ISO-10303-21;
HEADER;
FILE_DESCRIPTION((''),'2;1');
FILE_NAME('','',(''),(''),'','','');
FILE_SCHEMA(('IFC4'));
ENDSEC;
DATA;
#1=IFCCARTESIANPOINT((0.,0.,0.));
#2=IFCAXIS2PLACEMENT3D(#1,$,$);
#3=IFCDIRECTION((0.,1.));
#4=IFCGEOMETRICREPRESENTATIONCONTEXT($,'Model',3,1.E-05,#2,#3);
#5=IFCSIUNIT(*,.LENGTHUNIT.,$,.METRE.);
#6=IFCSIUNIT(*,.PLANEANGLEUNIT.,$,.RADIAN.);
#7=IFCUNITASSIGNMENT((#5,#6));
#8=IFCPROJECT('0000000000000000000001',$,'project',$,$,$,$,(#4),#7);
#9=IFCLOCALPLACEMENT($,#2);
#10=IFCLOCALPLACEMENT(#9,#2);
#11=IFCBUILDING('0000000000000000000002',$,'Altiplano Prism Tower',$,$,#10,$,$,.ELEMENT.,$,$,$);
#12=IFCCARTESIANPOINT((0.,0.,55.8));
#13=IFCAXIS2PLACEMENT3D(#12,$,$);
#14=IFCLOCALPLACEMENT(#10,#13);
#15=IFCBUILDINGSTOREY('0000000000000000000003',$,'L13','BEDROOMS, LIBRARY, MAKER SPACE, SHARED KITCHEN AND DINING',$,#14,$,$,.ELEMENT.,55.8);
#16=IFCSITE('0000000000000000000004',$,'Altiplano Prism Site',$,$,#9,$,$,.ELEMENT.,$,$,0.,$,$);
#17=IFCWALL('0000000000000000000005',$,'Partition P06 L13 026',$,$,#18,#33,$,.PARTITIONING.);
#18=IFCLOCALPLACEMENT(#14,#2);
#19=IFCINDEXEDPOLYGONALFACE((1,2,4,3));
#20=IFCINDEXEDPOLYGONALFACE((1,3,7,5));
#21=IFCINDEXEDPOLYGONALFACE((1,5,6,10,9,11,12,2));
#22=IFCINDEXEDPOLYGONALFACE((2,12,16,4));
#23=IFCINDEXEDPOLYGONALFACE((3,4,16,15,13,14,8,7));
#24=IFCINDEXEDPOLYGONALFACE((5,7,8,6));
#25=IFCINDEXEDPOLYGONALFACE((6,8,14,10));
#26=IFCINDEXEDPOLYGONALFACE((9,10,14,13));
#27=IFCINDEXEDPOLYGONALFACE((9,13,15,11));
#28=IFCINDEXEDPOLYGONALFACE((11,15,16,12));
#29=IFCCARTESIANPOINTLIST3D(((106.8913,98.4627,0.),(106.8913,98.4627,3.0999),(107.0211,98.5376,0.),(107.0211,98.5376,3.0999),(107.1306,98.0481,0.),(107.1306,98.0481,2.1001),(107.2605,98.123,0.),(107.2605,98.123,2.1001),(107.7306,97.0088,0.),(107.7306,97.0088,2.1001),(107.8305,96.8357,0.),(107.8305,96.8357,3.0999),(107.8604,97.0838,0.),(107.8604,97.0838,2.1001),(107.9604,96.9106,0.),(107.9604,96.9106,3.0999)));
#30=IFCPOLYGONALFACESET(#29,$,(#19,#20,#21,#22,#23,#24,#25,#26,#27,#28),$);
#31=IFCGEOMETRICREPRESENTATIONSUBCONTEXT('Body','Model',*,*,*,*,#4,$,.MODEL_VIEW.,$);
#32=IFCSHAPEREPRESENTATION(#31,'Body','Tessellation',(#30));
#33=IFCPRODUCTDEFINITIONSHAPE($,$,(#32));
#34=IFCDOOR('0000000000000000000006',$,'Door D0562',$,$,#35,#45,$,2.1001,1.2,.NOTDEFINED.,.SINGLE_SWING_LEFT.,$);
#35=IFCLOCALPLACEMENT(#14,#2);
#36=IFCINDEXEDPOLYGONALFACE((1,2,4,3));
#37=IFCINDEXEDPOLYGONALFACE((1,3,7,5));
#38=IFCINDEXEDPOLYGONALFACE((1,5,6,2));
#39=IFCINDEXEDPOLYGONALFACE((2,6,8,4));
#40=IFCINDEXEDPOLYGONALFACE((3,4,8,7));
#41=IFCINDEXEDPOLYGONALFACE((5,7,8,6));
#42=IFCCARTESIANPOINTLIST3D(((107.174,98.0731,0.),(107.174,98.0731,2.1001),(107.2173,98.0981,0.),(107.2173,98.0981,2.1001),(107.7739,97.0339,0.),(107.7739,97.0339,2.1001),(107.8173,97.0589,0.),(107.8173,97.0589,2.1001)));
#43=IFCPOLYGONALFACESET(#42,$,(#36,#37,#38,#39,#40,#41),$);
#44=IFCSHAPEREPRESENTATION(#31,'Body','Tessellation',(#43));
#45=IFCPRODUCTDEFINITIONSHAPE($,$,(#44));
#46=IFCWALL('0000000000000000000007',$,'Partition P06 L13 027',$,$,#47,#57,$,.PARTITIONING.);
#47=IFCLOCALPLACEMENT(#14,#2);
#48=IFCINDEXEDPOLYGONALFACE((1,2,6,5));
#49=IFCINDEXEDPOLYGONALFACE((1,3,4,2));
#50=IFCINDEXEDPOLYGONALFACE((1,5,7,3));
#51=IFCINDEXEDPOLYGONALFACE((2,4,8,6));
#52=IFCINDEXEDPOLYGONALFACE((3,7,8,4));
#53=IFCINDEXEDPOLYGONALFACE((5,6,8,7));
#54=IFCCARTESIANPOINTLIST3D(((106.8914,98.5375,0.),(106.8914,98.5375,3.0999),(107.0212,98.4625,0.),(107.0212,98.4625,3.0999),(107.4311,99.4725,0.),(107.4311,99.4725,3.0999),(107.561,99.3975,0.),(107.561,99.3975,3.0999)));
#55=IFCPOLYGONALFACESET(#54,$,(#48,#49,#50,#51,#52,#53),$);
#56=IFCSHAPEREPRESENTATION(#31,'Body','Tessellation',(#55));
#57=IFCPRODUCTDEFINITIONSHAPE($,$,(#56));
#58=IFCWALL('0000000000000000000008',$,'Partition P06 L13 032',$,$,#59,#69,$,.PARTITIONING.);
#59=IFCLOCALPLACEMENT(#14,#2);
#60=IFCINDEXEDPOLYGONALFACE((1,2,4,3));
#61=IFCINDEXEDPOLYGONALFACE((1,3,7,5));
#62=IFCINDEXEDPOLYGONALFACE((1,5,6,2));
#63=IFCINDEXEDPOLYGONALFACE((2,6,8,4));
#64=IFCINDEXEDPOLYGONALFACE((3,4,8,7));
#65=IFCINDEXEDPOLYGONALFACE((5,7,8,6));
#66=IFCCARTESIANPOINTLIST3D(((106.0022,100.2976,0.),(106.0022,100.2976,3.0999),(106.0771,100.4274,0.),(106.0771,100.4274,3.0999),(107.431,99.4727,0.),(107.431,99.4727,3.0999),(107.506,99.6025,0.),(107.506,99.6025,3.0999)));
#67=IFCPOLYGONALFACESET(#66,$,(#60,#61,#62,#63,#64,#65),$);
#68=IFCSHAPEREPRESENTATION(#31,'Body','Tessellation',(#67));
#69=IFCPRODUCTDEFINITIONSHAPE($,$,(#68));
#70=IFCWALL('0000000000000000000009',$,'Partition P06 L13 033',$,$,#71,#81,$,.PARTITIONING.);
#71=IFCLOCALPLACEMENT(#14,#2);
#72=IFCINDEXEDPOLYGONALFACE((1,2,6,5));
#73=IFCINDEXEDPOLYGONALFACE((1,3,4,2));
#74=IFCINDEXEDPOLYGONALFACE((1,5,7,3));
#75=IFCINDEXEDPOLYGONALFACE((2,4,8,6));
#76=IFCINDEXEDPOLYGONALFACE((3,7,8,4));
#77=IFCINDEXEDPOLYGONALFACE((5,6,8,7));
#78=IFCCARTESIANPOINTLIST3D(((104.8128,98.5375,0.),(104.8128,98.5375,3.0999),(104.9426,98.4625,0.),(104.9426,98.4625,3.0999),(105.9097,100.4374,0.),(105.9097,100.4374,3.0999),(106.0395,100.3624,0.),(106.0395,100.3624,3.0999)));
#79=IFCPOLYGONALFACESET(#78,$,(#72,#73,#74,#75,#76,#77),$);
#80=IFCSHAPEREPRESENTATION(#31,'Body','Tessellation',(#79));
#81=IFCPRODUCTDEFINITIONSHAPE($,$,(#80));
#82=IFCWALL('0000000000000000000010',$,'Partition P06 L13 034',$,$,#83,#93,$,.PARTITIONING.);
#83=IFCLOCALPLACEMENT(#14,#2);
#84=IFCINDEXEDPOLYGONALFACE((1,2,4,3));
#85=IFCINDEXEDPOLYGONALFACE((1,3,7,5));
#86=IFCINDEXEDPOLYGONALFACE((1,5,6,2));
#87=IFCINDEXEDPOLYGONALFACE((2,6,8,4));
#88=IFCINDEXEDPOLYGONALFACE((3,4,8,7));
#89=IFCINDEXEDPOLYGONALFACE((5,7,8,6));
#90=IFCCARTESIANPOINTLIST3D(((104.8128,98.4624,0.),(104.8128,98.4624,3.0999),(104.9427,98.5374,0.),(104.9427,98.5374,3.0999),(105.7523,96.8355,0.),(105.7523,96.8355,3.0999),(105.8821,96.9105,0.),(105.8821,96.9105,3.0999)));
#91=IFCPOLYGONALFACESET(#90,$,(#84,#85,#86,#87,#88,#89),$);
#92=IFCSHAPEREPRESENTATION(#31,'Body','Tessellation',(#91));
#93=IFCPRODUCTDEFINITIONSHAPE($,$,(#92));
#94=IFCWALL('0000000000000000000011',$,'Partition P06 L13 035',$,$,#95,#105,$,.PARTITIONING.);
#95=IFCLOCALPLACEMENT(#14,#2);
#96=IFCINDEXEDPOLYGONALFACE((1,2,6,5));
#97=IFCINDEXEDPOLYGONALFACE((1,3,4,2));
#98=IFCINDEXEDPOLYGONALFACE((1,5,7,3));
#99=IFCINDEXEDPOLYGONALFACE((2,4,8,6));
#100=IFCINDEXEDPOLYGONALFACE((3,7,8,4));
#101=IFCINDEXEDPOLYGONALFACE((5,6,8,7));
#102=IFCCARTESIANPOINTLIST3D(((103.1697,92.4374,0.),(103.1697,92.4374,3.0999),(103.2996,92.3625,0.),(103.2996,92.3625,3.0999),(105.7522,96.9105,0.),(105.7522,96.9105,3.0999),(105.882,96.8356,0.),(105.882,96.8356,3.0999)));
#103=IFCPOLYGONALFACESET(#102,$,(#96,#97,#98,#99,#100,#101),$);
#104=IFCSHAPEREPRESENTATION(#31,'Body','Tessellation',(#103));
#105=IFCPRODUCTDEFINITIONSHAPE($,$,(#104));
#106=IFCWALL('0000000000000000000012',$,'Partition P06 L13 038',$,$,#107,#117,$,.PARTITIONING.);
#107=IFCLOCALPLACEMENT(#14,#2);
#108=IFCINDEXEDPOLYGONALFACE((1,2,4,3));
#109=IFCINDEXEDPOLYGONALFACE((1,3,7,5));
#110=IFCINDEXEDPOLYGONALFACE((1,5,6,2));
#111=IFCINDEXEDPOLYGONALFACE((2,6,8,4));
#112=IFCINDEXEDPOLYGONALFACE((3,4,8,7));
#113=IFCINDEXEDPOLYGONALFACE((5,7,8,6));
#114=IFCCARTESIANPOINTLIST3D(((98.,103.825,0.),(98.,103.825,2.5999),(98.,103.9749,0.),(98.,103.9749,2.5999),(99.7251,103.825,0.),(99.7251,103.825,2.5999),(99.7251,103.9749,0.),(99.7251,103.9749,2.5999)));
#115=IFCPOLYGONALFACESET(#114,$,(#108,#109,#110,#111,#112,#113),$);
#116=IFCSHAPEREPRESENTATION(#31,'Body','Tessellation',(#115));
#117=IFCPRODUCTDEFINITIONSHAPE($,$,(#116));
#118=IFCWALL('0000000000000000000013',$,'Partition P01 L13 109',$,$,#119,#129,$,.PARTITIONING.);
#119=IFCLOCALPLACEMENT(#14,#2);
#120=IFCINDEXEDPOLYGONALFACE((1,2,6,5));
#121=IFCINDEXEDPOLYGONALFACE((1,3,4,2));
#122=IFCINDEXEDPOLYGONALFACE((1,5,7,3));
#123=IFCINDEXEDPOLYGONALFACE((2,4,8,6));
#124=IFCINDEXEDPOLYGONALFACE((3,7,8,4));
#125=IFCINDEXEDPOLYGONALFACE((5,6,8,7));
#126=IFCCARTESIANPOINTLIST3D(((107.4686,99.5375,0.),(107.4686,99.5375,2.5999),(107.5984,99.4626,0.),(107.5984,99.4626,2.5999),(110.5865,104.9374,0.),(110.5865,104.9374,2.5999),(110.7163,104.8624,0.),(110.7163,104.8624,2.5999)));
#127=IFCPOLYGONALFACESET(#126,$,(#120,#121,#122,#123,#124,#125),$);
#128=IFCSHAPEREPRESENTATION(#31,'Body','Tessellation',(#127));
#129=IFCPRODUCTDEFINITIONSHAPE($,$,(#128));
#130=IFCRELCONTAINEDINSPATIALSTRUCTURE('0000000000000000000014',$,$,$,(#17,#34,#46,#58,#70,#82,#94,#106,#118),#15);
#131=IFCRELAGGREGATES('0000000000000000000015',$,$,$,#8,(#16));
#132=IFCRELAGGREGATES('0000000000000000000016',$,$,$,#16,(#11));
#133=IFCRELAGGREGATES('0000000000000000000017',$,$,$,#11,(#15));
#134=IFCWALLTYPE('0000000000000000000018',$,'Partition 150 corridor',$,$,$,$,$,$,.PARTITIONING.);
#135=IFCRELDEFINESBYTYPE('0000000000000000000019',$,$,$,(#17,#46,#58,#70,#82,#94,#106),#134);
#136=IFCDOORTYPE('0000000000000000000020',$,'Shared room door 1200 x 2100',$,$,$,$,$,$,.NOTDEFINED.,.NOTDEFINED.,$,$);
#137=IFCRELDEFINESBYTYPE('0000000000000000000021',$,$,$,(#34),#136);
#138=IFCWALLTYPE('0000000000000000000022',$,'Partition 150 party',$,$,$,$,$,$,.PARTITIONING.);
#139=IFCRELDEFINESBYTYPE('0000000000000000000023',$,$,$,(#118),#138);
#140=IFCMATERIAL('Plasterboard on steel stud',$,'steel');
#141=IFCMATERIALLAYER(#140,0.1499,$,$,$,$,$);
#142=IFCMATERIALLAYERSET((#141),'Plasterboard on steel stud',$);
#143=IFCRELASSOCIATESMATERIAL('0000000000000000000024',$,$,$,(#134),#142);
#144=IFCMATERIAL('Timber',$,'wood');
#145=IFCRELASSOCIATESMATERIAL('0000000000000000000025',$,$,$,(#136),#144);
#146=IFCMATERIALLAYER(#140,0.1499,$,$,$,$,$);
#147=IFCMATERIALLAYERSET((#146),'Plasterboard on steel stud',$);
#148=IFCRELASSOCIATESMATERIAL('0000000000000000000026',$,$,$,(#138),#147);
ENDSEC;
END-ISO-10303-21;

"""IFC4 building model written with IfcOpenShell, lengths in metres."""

from ifc_helpers import new_model, si_unit, direction, frame, frame_2d, origin, place, context, subcontext, project, spatial, rectangle, extrude, material, layer, layer_set, type_object, element, fill, save


model = new_model("IFC4")

# Units and contexts
model_context = context("Model", 3, precision=1e-05, world=origin(), true_north=direction((0.0, 1.0)))
body_context = subcontext(model_context, "Body", "Model", "MODEL_VIEW")
ifc_project = project(units=[si_unit("LENGTHUNIT", "METRE"), si_unit("PLANEANGLEUNIT", "RADIAN")], contexts=[model_context])

# Site, building, storey
site_placement = place(None, origin())
site = spatial("IfcSite", under=ifc_project, at=site_placement, Name="Altiplano Prism Site", CompositionType="ELEMENT", RefElevation=0.0)
building_placement = place(site_placement, origin())
building = spatial("IfcBuilding", under=site, at=building_placement, Name="Altiplano Prism Tower", CompositionType="ELEMENT")
storey_placement = place(building_placement, frame((0.0, 0.0, 55.8)))
storey = spatial("IfcBuildingStorey", under=building, at=storey_placement, Name="L13", Description="BEDROOMS, LIBRARY, MAKER SPACE, SHARED KITCHEN AND DINING", CompositionType="ELEMENT", Elevation=55.8)

# Shared definitions
ifc_material_1 = material(Name="Plasterboard on steel stud", Category="steel")
ifc_layer_1 = layer(ifc_material_1, 0.1499)
ifc_layer_set_1 = layer_set([ifc_layer_1], Name="Plasterboard on steel stud")
wall_type_1 = type_object("IfcWallType", Name="Partition 150 corridor", PredefinedType="PARTITIONING", material=ifc_layer_set_1)

# Wall, opening, door
wall_1_placement = place(storey_placement, frame((107.8955, 96.873, 0.0), z_axis=(0.0, 0.0, 1.0), x_axis=(-0.499955, 0.866051, 0.0)))
wall_1 = element("IfcWall", 1, at=wall_1_placement, inside=storey, type_object=wall_type_1, Name="Partition P06 L13 026", PredefinedType="PARTITIONING", context=body_context, shape_type="SweptSolid", body=[
    extrude(rectangle(XDim=1.8787, YDim=0.1499, at=frame_2d((0.9395, 0.0))), origin(), (0.0, 0.0, 1.0), 3.0999),
])
opening_placement = place(wall_1_placement, frame((0.2, 0.0, 0.0)))
opening = element("IfcOpeningElement", 2, at=opening_placement, cuts=wall_1, PredefinedType="OPENING", context=body_context, shape_type="SweptSolid", body=[
    extrude(rectangle(XDim=1.2, YDim=2.1001, at=frame_2d((0.6001, 1.05))), frame((0.0, 0.0854, 0.0), z_axis=(0.0, -1.0, 0.0), x_axis=(1.0, 0.0, 0.0)), (0.0, 0.0, 1.0), 0.1709),
])
ifc_material_2 = material(Name="Timber", Category="wood")
door_type = type_object("IfcDoorType", Name="Shared room door 1200 x 2100", OperationType="NOTDEFINED", PredefinedType="NOTDEFINED", material=ifc_material_2)
door_placement = place(opening_placement, origin())
door = element("IfcDoor", 3, at=door_placement, inside=storey, type_object=door_type, Name="Door D0562", OperationType="SINGLE_SWING_LEFT", OverallHeight=2.1001, OverallWidth=1.2, PredefinedType="NOTDEFINED", context=body_context, shape_type="SweptSolid", body=[
    extrude(rectangle(XDim=1.2, YDim=2.1001, at=frame_2d((0.6001, 1.05))), frame((0.0, 0.0249, 0.0), z_axis=(0.0, -1.0, 0.0), x_axis=(1.0, 0.0, 0.0)), (0.0, 0.0, 1.0), 0.05),
])
fill(opening, door)

# Walls
wall_2_placement = place(storey_placement, frame((106.9563, 98.5, 0.0), z_axis=(0.0, 0.0, 1.0), x_axis=(0.499957, 0.86605, 0.0)))
element("IfcWall", 4, at=wall_2_placement, inside=storey, type_object=wall_type_1, Name="Partition P06 L13 027", PredefinedType="PARTITIONING", context=body_context, shape_type="SweptSolid", body=[
    extrude(rectangle(XDim=1.0796, YDim=0.1499, at=frame_2d((0.5398, 0.0))), origin(), (0.0, 0.0, 1.0), 3.0999),
])
wall_3_placement = place(storey_placement, frame((107.4685, 99.5376, 0.0), z_axis=(0.0, 0.0, 1.0), x_axis=(-0.86604, 0.499974, 0.0)))
element("IfcWall", 5, at=wall_3_placement, inside=storey, type_object=wall_type_1, Name="Partition P06 L13 032", PredefinedType="PARTITIONING", context=body_context, shape_type="SweptSolid", body=[
    extrude(rectangle(XDim=1.6499, YDim=0.1499, at=frame_2d((0.825, 0.0))), origin(), (0.0, 0.0, 1.0), 3.0999),
])
wall_4_placement = place(storey_placement, frame((105.9746, 100.3999, 0.0), z_axis=(0.0, 0.0, 1.0), x_axis=(-0.500005, -0.866023, 0.0)))
element("IfcWall", 6, at=wall_4_placement, inside=storey, type_object=wall_type_1, Name="Partition P06 L13 033", PredefinedType="PARTITIONING", context=body_context, shape_type="SweptSolid", body=[
    extrude(rectangle(XDim=2.1938, YDim=0.1499, at=frame_2d((1.0969, 0.0))), origin(), (0.0, 0.0, 1.0), 3.0999),
])
wall_5_placement = place(storey_placement, frame((104.8777, 98.5, 0.0), z_axis=(0.0, 0.0, 1.0), x_axis=(0.500052, -0.865995, 0.0)))
element("IfcWall", 7, at=wall_5_placement, inside=storey, type_object=wall_type_1, Name="Partition P06 L13 034", PredefinedType="PARTITIONING", context=body_context, shape_type="SweptSolid", body=[
    extrude(rectangle(XDim=1.8787, YDim=0.1499, at=frame_2d((0.9395, 0.0))), origin(), (0.0, 0.0, 1.0), 3.0999),
])
wall_6_placement = place(storey_placement, frame((105.8171, 96.873, 0.0), z_axis=(0.0, 0.0, 1.0), x_axis=(-0.499992, -0.86603, 0.0)))
element("IfcWall", 8, at=wall_6_placement, inside=storey, type_object=wall_type_1, Name="Partition P06 L13 035", PredefinedType="PARTITIONING", context=body_context, shape_type="SweptSolid", body=[
    extrude(rectangle(XDim=5.165, YDim=0.1499, at=frame_2d((2.5825, 0.0))), origin(), (0.0, 0.0, 1.0), 3.0999),
])
wall_7_placement = place(storey_placement, frame((99.7251, 103.8999, 0.0), z_axis=(0.0, 0.0, 1.0), x_axis=(-1.0, 0.0, 0.0)))
element("IfcWall", 9, at=wall_7_placement, inside=storey, type_object=wall_type_1, Name="Partition P06 L13 038", PredefinedType="PARTITIONING", context=body_context, shape_type="SweptSolid", body=[
    extrude(rectangle(XDim=1.7251, YDim=0.1499, at=frame_2d((0.8625, 0.0))), origin(), (0.0, 0.0, 1.0), 2.5999),
])
ifc_layer_2 = layer(ifc_material_1, 0.1499)
ifc_layer_set_2 = layer_set([ifc_layer_2], Name="Plasterboard on steel stud")
wall_type_2 = type_object("IfcWallType", Name="Partition 150 party", PredefinedType="PARTITIONING", material=ifc_layer_set_2)
wall_8_placement = place(storey_placement, frame((110.6514, 104.8999, 0.0), z_axis=(0.0, 0.0, 1.0), x_axis=(-0.500034, -0.866006, 0.0)))
element("IfcWall", 10, at=wall_8_placement, inside=storey, type_object=wall_type_2, Name="Partition P01 L13 109", PredefinedType="PARTITIONING", context=body_context, shape_type="SweptSolid", body=[
    extrude(rectangle(XDim=6.2354, YDim=0.1499, at=frame_2d((3.1177, 0.0))), origin(), (0.0, 0.0, 1.0), 2.5999),
])

save(model, "model.ifc")
